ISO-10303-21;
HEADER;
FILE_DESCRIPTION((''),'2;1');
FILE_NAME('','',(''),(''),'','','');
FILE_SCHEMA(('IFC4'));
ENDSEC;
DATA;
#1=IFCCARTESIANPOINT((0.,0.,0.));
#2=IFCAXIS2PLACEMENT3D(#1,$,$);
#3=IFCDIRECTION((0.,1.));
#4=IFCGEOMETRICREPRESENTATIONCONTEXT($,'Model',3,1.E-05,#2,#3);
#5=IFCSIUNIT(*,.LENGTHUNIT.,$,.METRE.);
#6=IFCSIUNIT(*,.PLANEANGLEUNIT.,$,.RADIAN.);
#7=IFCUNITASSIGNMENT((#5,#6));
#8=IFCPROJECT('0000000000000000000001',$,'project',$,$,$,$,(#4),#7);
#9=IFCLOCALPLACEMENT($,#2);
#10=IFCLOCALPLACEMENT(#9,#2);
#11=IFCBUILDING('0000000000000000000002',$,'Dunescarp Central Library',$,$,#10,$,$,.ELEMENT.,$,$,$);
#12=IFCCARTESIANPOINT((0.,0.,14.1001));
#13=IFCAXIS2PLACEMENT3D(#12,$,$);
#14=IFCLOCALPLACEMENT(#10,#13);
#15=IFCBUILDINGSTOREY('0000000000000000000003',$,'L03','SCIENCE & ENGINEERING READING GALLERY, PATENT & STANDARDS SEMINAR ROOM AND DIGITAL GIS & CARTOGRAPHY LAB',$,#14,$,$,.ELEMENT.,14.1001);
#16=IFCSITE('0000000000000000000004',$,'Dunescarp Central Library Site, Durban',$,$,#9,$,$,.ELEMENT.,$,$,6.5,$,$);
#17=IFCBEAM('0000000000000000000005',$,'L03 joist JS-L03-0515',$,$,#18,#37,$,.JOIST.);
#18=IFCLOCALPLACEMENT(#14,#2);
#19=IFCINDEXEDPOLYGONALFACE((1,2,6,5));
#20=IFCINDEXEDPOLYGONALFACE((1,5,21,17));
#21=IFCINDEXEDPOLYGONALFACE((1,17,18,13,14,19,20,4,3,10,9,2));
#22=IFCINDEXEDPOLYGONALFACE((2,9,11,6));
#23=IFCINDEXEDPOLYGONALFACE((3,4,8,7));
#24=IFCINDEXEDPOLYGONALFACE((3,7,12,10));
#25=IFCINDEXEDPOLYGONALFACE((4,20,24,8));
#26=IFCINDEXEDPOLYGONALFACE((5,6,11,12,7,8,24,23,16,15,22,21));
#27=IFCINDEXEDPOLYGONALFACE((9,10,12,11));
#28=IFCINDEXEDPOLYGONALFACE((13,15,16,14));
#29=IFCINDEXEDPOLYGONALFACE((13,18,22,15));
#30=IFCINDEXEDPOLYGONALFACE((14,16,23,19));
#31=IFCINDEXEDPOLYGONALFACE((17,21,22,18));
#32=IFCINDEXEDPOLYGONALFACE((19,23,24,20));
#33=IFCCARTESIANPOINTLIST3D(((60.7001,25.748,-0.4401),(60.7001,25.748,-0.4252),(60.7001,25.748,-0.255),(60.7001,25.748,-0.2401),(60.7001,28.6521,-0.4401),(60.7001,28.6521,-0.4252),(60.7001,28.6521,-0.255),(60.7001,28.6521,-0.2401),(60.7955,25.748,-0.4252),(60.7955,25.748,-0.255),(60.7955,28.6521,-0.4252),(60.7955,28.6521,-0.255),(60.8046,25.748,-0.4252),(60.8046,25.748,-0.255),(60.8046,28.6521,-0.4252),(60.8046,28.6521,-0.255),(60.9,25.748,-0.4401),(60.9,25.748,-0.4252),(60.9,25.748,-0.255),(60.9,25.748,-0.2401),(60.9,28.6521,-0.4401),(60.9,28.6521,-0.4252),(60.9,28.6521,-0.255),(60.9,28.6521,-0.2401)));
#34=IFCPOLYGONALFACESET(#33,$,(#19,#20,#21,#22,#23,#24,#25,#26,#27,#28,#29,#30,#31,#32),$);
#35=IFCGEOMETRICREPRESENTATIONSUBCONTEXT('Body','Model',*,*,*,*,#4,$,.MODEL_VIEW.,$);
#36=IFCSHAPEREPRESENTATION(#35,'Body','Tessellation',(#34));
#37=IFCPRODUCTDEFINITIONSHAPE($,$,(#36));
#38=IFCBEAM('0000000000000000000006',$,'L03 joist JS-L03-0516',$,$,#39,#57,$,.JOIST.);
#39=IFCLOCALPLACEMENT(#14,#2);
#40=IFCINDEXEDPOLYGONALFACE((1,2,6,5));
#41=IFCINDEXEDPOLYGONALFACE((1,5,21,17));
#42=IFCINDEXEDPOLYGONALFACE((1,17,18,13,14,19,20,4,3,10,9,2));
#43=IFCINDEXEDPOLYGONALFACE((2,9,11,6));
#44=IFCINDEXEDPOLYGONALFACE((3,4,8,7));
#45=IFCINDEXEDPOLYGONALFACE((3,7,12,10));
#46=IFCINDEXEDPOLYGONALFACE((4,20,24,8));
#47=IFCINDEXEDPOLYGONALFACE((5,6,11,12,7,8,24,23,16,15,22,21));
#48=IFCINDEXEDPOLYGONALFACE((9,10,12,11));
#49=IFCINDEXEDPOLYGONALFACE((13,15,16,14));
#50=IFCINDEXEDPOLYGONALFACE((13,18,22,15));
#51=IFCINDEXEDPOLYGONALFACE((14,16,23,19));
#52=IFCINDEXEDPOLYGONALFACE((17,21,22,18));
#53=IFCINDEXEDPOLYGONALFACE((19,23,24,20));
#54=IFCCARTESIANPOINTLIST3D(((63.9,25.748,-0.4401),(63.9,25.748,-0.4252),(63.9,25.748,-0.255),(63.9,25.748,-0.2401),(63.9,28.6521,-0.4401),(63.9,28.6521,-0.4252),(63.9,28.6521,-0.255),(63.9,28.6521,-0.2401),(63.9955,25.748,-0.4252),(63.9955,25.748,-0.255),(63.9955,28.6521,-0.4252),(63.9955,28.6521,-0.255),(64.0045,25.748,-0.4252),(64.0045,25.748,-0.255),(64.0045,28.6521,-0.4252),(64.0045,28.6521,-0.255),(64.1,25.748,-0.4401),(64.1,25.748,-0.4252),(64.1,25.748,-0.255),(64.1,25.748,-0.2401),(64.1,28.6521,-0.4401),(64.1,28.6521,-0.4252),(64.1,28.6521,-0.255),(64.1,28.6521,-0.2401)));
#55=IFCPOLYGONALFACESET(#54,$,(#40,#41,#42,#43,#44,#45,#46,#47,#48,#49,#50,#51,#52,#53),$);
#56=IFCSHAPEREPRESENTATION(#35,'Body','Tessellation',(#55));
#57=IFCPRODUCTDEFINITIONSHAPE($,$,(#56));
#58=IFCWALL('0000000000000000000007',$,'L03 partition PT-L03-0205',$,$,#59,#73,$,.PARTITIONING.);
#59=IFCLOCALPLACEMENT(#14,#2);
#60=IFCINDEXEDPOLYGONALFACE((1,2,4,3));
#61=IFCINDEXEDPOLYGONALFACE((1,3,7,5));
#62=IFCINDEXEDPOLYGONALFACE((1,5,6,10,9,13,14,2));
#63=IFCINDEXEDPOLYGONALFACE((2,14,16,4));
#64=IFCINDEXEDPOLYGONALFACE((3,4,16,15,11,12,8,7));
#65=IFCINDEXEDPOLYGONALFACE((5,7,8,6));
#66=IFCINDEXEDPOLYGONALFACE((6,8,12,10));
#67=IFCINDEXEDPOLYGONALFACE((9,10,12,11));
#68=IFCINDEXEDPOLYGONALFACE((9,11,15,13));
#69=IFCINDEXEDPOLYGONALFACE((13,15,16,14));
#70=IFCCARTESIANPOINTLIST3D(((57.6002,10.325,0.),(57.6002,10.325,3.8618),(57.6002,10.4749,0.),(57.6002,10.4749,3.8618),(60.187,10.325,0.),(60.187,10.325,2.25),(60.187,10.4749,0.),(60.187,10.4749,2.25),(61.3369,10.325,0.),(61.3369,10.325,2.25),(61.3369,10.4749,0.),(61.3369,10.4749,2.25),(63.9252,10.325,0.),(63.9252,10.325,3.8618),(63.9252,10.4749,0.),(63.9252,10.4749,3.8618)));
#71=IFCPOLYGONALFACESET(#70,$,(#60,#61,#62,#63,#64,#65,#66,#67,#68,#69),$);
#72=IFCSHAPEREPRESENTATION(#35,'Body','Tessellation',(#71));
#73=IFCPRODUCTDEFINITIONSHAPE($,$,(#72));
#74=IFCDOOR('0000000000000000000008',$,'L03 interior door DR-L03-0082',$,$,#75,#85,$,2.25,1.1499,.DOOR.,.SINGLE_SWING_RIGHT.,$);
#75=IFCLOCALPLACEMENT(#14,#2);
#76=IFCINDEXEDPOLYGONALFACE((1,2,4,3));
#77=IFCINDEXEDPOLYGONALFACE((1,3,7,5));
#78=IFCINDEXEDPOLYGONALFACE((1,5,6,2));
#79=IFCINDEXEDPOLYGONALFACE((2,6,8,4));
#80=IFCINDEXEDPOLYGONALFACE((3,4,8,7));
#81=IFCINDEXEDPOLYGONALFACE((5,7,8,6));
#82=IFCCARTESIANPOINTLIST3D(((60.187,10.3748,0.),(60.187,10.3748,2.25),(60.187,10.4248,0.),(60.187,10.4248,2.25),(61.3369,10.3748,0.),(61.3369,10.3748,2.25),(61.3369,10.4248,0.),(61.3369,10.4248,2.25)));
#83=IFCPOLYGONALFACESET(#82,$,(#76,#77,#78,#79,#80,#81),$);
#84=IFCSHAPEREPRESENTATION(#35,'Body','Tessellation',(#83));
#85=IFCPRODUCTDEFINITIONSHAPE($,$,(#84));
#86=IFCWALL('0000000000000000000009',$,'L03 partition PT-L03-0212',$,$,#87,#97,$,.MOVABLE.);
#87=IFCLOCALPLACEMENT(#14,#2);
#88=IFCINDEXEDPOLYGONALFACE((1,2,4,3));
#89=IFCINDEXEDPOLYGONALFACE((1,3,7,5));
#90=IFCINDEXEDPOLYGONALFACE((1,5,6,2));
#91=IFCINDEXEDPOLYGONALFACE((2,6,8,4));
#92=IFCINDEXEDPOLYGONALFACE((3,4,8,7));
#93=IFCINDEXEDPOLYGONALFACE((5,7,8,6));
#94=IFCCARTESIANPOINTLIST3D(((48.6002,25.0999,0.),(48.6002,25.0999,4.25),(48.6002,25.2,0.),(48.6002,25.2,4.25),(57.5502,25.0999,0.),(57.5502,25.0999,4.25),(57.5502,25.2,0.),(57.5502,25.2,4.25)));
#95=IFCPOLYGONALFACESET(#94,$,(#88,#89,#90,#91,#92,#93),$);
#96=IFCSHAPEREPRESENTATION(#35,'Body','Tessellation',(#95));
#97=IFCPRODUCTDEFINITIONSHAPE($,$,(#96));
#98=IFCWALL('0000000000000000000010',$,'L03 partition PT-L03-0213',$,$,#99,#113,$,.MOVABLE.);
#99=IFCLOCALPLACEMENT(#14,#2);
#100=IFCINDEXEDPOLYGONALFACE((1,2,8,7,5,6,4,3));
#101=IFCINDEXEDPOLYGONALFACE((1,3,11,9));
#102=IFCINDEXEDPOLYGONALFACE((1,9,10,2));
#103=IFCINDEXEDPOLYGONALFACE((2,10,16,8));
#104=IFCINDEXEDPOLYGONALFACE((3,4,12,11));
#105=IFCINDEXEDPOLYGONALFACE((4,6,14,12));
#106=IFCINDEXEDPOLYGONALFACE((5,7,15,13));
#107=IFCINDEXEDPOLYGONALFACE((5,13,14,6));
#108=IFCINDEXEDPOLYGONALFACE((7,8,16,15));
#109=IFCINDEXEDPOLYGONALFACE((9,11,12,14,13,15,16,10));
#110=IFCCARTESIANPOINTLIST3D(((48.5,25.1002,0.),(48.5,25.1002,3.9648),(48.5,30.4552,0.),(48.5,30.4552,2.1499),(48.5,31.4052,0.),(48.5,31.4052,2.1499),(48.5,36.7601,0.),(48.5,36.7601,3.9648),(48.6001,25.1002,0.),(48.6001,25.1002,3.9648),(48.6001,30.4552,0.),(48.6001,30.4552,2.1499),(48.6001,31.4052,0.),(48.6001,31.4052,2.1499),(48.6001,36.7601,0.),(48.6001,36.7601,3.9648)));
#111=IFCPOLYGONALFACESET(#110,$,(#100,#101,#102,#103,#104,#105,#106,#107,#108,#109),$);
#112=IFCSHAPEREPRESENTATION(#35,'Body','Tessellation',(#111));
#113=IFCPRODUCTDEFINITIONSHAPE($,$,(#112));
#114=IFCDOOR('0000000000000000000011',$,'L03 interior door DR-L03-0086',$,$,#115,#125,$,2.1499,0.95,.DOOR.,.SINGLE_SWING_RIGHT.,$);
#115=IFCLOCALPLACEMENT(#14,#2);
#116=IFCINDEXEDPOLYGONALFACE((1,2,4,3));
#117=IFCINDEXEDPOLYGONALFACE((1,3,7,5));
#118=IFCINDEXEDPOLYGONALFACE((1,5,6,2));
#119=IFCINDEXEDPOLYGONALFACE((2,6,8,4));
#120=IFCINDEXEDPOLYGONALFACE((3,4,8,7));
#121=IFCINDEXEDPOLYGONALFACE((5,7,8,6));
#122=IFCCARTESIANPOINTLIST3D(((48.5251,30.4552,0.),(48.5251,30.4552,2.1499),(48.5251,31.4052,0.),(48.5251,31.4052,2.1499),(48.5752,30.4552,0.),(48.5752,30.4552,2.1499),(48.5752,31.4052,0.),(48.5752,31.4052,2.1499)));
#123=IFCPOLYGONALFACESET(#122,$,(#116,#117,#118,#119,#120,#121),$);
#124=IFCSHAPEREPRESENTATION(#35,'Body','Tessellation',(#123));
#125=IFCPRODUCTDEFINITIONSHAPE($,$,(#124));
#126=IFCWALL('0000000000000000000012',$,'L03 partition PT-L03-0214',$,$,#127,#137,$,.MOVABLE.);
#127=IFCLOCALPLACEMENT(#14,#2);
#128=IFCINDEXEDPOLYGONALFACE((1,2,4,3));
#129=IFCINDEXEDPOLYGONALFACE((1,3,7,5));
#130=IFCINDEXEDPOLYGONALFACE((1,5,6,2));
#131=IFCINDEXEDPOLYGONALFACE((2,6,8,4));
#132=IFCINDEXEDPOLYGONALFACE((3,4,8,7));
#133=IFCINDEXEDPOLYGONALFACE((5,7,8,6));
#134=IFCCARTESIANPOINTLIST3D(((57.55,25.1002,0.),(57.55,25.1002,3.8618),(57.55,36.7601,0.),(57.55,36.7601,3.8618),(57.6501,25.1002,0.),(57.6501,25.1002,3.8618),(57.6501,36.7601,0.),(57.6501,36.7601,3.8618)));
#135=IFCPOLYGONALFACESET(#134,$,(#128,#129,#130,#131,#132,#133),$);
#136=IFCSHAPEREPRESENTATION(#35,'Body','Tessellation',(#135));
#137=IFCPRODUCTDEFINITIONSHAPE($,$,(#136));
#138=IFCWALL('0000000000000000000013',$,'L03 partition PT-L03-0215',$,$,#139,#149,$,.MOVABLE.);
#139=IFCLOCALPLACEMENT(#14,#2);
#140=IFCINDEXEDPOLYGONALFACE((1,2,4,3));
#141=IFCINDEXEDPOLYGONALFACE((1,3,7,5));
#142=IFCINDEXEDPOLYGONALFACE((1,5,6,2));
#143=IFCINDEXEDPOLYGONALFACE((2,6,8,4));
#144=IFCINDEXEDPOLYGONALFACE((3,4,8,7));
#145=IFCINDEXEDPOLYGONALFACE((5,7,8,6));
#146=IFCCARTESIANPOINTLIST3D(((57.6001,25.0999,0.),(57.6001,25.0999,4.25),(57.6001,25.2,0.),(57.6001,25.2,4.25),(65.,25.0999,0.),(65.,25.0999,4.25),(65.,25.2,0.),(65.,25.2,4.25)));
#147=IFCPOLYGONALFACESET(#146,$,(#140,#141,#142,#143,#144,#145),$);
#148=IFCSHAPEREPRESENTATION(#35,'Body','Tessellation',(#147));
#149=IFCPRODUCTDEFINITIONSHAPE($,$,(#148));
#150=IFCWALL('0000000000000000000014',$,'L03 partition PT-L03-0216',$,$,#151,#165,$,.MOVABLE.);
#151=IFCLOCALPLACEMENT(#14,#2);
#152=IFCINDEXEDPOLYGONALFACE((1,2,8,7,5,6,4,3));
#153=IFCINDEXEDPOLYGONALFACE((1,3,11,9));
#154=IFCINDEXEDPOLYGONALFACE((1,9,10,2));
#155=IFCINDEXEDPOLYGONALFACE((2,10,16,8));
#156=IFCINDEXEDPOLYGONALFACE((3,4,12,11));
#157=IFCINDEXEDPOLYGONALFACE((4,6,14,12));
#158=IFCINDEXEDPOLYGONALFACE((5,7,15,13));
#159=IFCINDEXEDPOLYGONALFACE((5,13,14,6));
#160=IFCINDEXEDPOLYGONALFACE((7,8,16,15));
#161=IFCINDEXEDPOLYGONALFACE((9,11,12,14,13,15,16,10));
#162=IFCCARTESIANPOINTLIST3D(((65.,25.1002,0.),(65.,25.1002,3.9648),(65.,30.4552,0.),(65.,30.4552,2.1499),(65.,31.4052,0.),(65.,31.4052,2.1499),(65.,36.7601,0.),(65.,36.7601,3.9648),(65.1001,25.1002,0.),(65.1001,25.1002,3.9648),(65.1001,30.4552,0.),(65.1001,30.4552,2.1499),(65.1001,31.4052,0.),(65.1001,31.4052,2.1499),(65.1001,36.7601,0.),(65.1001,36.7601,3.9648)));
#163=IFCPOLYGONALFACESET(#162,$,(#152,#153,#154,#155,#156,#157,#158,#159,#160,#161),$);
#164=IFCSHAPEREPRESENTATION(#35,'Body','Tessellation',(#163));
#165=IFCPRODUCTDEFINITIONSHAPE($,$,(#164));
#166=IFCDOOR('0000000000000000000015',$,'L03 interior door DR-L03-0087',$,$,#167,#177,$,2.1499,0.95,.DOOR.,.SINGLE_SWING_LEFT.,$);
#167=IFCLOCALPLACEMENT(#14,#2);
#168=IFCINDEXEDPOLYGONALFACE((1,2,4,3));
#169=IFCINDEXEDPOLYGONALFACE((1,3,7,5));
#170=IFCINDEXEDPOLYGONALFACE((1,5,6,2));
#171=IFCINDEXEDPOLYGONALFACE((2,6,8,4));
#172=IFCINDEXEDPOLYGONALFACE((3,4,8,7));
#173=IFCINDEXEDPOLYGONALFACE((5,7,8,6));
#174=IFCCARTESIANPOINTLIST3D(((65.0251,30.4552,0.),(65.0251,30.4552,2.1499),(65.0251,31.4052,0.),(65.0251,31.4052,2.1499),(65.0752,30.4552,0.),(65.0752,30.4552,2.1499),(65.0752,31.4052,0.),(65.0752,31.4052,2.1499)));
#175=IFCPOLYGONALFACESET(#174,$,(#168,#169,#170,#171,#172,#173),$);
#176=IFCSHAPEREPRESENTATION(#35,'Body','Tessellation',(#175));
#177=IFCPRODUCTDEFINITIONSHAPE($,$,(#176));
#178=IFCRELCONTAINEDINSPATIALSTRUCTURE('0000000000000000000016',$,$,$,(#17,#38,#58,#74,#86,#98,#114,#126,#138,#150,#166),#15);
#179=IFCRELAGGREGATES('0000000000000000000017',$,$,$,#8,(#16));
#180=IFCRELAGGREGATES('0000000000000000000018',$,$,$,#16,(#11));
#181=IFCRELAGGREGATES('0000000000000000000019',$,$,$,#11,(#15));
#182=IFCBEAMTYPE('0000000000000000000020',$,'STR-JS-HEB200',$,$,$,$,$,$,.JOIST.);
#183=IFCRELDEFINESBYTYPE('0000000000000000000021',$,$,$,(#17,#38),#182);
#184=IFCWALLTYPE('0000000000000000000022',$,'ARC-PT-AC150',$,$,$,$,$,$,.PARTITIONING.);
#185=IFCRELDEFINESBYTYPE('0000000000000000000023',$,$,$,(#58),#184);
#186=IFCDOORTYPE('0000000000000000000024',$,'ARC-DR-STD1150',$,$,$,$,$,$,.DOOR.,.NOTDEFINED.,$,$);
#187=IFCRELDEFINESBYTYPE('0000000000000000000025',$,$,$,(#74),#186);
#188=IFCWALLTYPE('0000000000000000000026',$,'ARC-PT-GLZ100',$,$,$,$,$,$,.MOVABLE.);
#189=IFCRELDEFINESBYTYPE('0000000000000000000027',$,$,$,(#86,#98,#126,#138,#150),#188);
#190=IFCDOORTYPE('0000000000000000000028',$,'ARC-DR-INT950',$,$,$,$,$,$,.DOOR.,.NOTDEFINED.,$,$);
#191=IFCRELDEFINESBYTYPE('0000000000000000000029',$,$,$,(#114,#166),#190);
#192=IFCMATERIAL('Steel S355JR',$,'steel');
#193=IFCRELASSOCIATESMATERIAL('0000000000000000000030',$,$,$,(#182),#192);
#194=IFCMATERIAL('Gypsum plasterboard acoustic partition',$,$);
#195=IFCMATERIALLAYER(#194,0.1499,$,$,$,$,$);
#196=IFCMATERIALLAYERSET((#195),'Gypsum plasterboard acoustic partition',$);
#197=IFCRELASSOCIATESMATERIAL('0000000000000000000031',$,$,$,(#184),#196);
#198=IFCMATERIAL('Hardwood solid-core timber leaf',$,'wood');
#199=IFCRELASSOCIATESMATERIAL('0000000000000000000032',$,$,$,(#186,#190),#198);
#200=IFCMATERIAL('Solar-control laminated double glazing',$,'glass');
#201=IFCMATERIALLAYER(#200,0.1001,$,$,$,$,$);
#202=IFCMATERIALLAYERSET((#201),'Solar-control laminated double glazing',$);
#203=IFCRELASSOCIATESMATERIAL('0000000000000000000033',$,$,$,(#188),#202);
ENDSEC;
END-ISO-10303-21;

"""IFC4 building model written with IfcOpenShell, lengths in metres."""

from ifc_helpers import new_model, si_unit, direction, frame, frame_2d, origin, origin_2d, place, context, subcontext, project, spatial, rectangle, i_section, extrude, material, layer, layer_set, material_profile, profile_set, type_object, element, fill, save


model = new_model("IFC4")

# Units and contexts
model_context = context("Model", 3, precision=1e-05, world=origin(), true_north=direction((0.0, 1.0)))
body_context = subcontext(model_context, "Body", "Model", "MODEL_VIEW")
ifc_project = project(units=[si_unit("LENGTHUNIT", "METRE"), si_unit("PLANEANGLEUNIT", "RADIAN")], contexts=[model_context])

# Site, building, storey
site_placement = place(None, origin())
site = spatial("IfcSite", under=ifc_project, at=site_placement, Name="Dunescarp Central Library Site, Durban", CompositionType="ELEMENT", RefElevation=6.5)
building_placement = place(site_placement, origin())
building = spatial("IfcBuilding", under=site, at=building_placement, Name="Dunescarp Central Library", CompositionType="ELEMENT")
storey_placement = place(building_placement, frame((0.0, 0.0, 14.1001)))
storey = spatial("IfcBuildingStorey", under=building, at=storey_placement, Name="L03", Description="SCIENCE & ENGINEERING READING GALLERY, PATENT & STANDARDS SEMINAR ROOM AND DIGITAL GIS & CARTOGRAPHY LAB", CompositionType="ELEMENT", Elevation=14.1001)

# Shared definitions
ifc_material_1 = material(Name="Steel S355JR", Category="steel")

# Beams
ifc_material_profile_1 = material_profile(ifc_material_1, i_section(OverallWidth=0.2, OverallDepth=0.2, WebThickness=0.009, FlangeThickness=0.0149, at=origin_2d()), Name="HEB 200")
ifc_profile_set_1 = profile_set([ifc_material_profile_1], Name="Steel S355JR")
beam_type_1 = type_object("IfcBeamType", Name="STR-JS-HEB200", PredefinedType="JOIST", material=ifc_profile_set_1)
for number, where, z_axis, x_axis, name in (
    (1, (60.8, 25.748, -0.3401), (0.0, 1.0, 0.0), (-1.0, 0.0, 0.0), "L03 joist JS-L03-0515"),
    (2, (64.0, 25.748, -0.3401), (0.0, 1.0, 0.0), (-1.0, 0.0, 0.0), "L03 joist JS-L03-0516"),
):
    element("IfcBeam", number, at=place(storey_placement, frame(where, z_axis=z_axis, x_axis=x_axis)), inside=storey, type_object=beam_type_1, Name=name, PredefinedType="JOIST", context=body_context, shape_type="SweptSolid", body=[
        extrude(i_section(OverallWidth=0.2, OverallDepth=0.2, WebThickness=0.009, FlangeThickness=0.0149, at=origin_2d()), origin(), (0.0, 0.0, 1.0), 2.9041),
    ])

# Wall, opening, door
ifc_material_2 = material(Name="Gypsum plasterboard acoustic partition")
ifc_layer_1 = layer(ifc_material_2, 0.1499)
ifc_layer_set_1 = layer_set([ifc_layer_1], Name="Gypsum plasterboard acoustic partition")
wall_type_1 = type_object("IfcWallType", Name="ARC-PT-AC150", PredefinedType="PARTITIONING", material=ifc_layer_set_1)
wall_1_placement = place(storey_placement, frame((57.6001, 10.3999, 0.0), z_axis=(0.0, 0.0, 1.0), x_axis=(1.0, 0.0, 0.0)))
wall_1 = element("IfcWall", 3, at=wall_1_placement, inside=storey, type_object=wall_type_1, Name="L03 partition PT-L03-0205", PredefinedType="PARTITIONING", context=body_context, shape_type="SweptSolid", body=[
    extrude(rectangle(XDim=6.325, YDim=0.1499, at=frame_2d((3.1626, 0.0))), origin(), (0.0, 0.0, 1.0), 3.8618),
])
opening_1_placement = place(wall_1_placement, frame((2.5869, 0.0, 0.0)))
opening_1 = element("IfcOpeningElement", 4, at=opening_1_placement, cuts=wall_1, PredefinedType="OPENING", context=body_context, shape_type="SweptSolid", body=[
    extrude(rectangle(XDim=1.1499, YDim=2.25, at=frame_2d((0.575, 1.125))), frame((0.0, 0.085, 0.0), z_axis=(0.0, -1.0, 0.0), x_axis=(1.0, 0.0, 0.0)), (0.0, 0.0, 1.0), 0.1699),
])
ifc_material_3 = material(Name="Hardwood solid-core timber leaf", Category="wood")
door_type_1 = type_object("IfcDoorType", Name="ARC-DR-STD1150", OperationType="NOTDEFINED", PredefinedType="DOOR", material=ifc_material_3)
door_1_placement = place(opening_1_placement, origin())
door_1 = element("IfcDoor", 5, at=door_1_placement, inside=storey, type_object=door_type_1, Name="L03 interior door DR-L03-0082", OperationType="SINGLE_SWING_RIGHT", OverallHeight=2.25, OverallWidth=1.1499, PredefinedType="DOOR", context=body_context, shape_type="SweptSolid", body=[
    extrude(rectangle(XDim=1.1499, YDim=2.25, at=frame_2d((0.575, 1.125))), frame((0.0, 0.0249, 0.0), z_axis=(0.0, -1.0, 0.0), x_axis=(1.0, 0.0, 0.0)), (0.0, 0.0, 1.0), 0.05),
])
fill(opening_1, door_1)

# Wall
ifc_material_4 = material(Name="Solar-control laminated double glazing", Category="glass")
ifc_layer_2 = layer(ifc_material_4, 0.1001)
ifc_layer_set_2 = layer_set([ifc_layer_2], Name="Solar-control laminated double glazing")
wall_type_2 = type_object("IfcWallType", Name="ARC-PT-GLZ100", PredefinedType="MOVABLE", material=ifc_layer_set_2)
wall_2_placement = place(storey_placement, frame((48.6001, 25.1499, 0.0), z_axis=(0.0, 0.0, 1.0), x_axis=(1.0, 0.0, 0.0)))
element("IfcWall", 6, at=wall_2_placement, inside=storey, type_object=wall_type_2, Name="L03 partition PT-L03-0212", PredefinedType="MOVABLE", context=body_context, shape_type="SweptSolid", body=[
    extrude(rectangle(XDim=8.95, YDim=0.1001, at=frame_2d((4.4751, 0.0))), origin(), (0.0, 0.0, 1.0), 4.25),
])

# Wall, opening, door
wall_3_placement = place(storey_placement, frame((48.55, 25.1001, 0.0), z_axis=(0.0, 0.0, 1.0), x_axis=(0.0, 1.0, 0.0)))
wall_3 = element("IfcWall", 7, at=wall_3_placement, inside=storey, type_object=wall_type_2, Name="L03 partition PT-L03-0213", PredefinedType="MOVABLE", context=body_context, shape_type="SweptSolid", body=[
    extrude(rectangle(XDim=11.6599, YDim=0.1001, at=frame_2d((5.8301, 0.0))), origin(), (0.0, 0.0, 1.0), 3.9648),
])
opening_2_placement = place(wall_3_placement, frame((5.355, 0.0, 0.0)))
opening_2 = element("IfcOpeningElement", 8, at=opening_2_placement, cuts=wall_3, PredefinedType="OPENING", context=body_context, shape_type="SweptSolid", body=[
    extrude(rectangle(XDim=0.95, YDim=2.1499, at=frame_2d((0.4751, 1.075))), frame((0.0, 0.0601, 0.0), z_axis=(0.0, -1.0, 0.0), x_axis=(1.0, 0.0, 0.0)), (0.0, 0.0, 1.0), 0.1201),
])
door_type_2 = type_object("IfcDoorType", Name="ARC-DR-INT950", OperationType="NOTDEFINED", PredefinedType="DOOR", material=ifc_material_3)
door_2_placement = place(opening_2_placement, origin())
door_2 = element("IfcDoor", 9, at=door_2_placement, inside=storey, type_object=door_type_2, Name="L03 interior door DR-L03-0086", OperationType="SINGLE_SWING_RIGHT", OverallHeight=2.1499, OverallWidth=0.95, PredefinedType="DOOR", context=body_context, shape_type="SweptSolid", body=[
    extrude(rectangle(XDim=0.95, YDim=2.1499, at=frame_2d((0.4751, 1.075))), frame((0.0, 0.0249, 0.0), z_axis=(0.0, -1.0, 0.0), x_axis=(1.0, 0.0, 0.0)), (0.0, 0.0, 1.0), 0.05),
])
fill(opening_2, door_2)

# Walls
wall_4_placement = place(storey_placement, frame((57.6001, 25.1001, 0.0), z_axis=(0.0, 0.0, 1.0), x_axis=(0.0, 1.0, 0.0)))
element("IfcWall", 10, at=wall_4_placement, inside=storey, type_object=wall_type_2, Name="L03 partition PT-L03-0214", PredefinedType="MOVABLE", context=body_context, shape_type="SweptSolid", body=[
    extrude(rectangle(XDim=11.6599, YDim=0.1001, at=frame_2d((5.8301, 0.0))), origin(), (0.0, 0.0, 1.0), 3.8618),
])
wall_5_placement = place(storey_placement, frame((57.6001, 25.1499, 0.0), z_axis=(0.0, 0.0, 1.0), x_axis=(1.0, 0.0, 0.0)))
element("IfcWall", 11, at=wall_5_placement, inside=storey, type_object=wall_type_2, Name="L03 partition PT-L03-0215", PredefinedType="MOVABLE", context=body_context, shape_type="SweptSolid", body=[
    extrude(rectangle(XDim=7.3999, YDim=0.1001, at=frame_2d((3.7, 0.0))), origin(), (0.0, 0.0, 1.0), 4.25),
])

# Wall, opening, door
wall_6_placement = place(storey_placement, frame((65.05, 25.1001, 0.0), z_axis=(0.0, 0.0, 1.0), x_axis=(0.0, 1.0, 0.0)))
wall_6 = element("IfcWall", 12, at=wall_6_placement, inside=storey, type_object=wall_type_2, Name="L03 partition PT-L03-0216", PredefinedType="MOVABLE", context=body_context, shape_type="SweptSolid", body=[
    extrude(rectangle(XDim=11.6599, YDim=0.1001, at=frame_2d((5.8301, 0.0))), origin(), (0.0, 0.0, 1.0), 3.9648),
])
opening_3_placement = place(wall_6_placement, frame((5.355, 0.0, 0.0)))
opening_3 = element("IfcOpeningElement", 13, at=opening_3_placement, cuts=wall_6, PredefinedType="OPENING", context=body_context, shape_type="SweptSolid", body=[
    extrude(rectangle(XDim=0.95, YDim=2.1499, at=frame_2d((0.4751, 1.075))), frame((0.0, 0.0601, 0.0), z_axis=(0.0, -1.0, 0.0), x_axis=(1.0, 0.0, 0.0)), (0.0, 0.0, 1.0), 0.1201),
])
door_3_placement = place(opening_3_placement, origin())
door_3 = element("IfcDoor", 14, at=door_3_placement, inside=storey, type_object=door_type_2, Name="L03 interior door DR-L03-0087", OperationType="SINGLE_SWING_LEFT", OverallHeight=2.1499, OverallWidth=0.95, PredefinedType="DOOR", context=body_context, shape_type="SweptSolid", body=[
    extrude(rectangle(XDim=0.95, YDim=2.1499, at=frame_2d((0.4751, 1.075))), frame((0.0, 0.0249, 0.0), z_axis=(0.0, -1.0, 0.0), x_axis=(1.0, 0.0, 0.0)), (0.0, 0.0, 1.0), 0.05),
])
fill(opening_3, door_3)

save(model, "model.ifc")
